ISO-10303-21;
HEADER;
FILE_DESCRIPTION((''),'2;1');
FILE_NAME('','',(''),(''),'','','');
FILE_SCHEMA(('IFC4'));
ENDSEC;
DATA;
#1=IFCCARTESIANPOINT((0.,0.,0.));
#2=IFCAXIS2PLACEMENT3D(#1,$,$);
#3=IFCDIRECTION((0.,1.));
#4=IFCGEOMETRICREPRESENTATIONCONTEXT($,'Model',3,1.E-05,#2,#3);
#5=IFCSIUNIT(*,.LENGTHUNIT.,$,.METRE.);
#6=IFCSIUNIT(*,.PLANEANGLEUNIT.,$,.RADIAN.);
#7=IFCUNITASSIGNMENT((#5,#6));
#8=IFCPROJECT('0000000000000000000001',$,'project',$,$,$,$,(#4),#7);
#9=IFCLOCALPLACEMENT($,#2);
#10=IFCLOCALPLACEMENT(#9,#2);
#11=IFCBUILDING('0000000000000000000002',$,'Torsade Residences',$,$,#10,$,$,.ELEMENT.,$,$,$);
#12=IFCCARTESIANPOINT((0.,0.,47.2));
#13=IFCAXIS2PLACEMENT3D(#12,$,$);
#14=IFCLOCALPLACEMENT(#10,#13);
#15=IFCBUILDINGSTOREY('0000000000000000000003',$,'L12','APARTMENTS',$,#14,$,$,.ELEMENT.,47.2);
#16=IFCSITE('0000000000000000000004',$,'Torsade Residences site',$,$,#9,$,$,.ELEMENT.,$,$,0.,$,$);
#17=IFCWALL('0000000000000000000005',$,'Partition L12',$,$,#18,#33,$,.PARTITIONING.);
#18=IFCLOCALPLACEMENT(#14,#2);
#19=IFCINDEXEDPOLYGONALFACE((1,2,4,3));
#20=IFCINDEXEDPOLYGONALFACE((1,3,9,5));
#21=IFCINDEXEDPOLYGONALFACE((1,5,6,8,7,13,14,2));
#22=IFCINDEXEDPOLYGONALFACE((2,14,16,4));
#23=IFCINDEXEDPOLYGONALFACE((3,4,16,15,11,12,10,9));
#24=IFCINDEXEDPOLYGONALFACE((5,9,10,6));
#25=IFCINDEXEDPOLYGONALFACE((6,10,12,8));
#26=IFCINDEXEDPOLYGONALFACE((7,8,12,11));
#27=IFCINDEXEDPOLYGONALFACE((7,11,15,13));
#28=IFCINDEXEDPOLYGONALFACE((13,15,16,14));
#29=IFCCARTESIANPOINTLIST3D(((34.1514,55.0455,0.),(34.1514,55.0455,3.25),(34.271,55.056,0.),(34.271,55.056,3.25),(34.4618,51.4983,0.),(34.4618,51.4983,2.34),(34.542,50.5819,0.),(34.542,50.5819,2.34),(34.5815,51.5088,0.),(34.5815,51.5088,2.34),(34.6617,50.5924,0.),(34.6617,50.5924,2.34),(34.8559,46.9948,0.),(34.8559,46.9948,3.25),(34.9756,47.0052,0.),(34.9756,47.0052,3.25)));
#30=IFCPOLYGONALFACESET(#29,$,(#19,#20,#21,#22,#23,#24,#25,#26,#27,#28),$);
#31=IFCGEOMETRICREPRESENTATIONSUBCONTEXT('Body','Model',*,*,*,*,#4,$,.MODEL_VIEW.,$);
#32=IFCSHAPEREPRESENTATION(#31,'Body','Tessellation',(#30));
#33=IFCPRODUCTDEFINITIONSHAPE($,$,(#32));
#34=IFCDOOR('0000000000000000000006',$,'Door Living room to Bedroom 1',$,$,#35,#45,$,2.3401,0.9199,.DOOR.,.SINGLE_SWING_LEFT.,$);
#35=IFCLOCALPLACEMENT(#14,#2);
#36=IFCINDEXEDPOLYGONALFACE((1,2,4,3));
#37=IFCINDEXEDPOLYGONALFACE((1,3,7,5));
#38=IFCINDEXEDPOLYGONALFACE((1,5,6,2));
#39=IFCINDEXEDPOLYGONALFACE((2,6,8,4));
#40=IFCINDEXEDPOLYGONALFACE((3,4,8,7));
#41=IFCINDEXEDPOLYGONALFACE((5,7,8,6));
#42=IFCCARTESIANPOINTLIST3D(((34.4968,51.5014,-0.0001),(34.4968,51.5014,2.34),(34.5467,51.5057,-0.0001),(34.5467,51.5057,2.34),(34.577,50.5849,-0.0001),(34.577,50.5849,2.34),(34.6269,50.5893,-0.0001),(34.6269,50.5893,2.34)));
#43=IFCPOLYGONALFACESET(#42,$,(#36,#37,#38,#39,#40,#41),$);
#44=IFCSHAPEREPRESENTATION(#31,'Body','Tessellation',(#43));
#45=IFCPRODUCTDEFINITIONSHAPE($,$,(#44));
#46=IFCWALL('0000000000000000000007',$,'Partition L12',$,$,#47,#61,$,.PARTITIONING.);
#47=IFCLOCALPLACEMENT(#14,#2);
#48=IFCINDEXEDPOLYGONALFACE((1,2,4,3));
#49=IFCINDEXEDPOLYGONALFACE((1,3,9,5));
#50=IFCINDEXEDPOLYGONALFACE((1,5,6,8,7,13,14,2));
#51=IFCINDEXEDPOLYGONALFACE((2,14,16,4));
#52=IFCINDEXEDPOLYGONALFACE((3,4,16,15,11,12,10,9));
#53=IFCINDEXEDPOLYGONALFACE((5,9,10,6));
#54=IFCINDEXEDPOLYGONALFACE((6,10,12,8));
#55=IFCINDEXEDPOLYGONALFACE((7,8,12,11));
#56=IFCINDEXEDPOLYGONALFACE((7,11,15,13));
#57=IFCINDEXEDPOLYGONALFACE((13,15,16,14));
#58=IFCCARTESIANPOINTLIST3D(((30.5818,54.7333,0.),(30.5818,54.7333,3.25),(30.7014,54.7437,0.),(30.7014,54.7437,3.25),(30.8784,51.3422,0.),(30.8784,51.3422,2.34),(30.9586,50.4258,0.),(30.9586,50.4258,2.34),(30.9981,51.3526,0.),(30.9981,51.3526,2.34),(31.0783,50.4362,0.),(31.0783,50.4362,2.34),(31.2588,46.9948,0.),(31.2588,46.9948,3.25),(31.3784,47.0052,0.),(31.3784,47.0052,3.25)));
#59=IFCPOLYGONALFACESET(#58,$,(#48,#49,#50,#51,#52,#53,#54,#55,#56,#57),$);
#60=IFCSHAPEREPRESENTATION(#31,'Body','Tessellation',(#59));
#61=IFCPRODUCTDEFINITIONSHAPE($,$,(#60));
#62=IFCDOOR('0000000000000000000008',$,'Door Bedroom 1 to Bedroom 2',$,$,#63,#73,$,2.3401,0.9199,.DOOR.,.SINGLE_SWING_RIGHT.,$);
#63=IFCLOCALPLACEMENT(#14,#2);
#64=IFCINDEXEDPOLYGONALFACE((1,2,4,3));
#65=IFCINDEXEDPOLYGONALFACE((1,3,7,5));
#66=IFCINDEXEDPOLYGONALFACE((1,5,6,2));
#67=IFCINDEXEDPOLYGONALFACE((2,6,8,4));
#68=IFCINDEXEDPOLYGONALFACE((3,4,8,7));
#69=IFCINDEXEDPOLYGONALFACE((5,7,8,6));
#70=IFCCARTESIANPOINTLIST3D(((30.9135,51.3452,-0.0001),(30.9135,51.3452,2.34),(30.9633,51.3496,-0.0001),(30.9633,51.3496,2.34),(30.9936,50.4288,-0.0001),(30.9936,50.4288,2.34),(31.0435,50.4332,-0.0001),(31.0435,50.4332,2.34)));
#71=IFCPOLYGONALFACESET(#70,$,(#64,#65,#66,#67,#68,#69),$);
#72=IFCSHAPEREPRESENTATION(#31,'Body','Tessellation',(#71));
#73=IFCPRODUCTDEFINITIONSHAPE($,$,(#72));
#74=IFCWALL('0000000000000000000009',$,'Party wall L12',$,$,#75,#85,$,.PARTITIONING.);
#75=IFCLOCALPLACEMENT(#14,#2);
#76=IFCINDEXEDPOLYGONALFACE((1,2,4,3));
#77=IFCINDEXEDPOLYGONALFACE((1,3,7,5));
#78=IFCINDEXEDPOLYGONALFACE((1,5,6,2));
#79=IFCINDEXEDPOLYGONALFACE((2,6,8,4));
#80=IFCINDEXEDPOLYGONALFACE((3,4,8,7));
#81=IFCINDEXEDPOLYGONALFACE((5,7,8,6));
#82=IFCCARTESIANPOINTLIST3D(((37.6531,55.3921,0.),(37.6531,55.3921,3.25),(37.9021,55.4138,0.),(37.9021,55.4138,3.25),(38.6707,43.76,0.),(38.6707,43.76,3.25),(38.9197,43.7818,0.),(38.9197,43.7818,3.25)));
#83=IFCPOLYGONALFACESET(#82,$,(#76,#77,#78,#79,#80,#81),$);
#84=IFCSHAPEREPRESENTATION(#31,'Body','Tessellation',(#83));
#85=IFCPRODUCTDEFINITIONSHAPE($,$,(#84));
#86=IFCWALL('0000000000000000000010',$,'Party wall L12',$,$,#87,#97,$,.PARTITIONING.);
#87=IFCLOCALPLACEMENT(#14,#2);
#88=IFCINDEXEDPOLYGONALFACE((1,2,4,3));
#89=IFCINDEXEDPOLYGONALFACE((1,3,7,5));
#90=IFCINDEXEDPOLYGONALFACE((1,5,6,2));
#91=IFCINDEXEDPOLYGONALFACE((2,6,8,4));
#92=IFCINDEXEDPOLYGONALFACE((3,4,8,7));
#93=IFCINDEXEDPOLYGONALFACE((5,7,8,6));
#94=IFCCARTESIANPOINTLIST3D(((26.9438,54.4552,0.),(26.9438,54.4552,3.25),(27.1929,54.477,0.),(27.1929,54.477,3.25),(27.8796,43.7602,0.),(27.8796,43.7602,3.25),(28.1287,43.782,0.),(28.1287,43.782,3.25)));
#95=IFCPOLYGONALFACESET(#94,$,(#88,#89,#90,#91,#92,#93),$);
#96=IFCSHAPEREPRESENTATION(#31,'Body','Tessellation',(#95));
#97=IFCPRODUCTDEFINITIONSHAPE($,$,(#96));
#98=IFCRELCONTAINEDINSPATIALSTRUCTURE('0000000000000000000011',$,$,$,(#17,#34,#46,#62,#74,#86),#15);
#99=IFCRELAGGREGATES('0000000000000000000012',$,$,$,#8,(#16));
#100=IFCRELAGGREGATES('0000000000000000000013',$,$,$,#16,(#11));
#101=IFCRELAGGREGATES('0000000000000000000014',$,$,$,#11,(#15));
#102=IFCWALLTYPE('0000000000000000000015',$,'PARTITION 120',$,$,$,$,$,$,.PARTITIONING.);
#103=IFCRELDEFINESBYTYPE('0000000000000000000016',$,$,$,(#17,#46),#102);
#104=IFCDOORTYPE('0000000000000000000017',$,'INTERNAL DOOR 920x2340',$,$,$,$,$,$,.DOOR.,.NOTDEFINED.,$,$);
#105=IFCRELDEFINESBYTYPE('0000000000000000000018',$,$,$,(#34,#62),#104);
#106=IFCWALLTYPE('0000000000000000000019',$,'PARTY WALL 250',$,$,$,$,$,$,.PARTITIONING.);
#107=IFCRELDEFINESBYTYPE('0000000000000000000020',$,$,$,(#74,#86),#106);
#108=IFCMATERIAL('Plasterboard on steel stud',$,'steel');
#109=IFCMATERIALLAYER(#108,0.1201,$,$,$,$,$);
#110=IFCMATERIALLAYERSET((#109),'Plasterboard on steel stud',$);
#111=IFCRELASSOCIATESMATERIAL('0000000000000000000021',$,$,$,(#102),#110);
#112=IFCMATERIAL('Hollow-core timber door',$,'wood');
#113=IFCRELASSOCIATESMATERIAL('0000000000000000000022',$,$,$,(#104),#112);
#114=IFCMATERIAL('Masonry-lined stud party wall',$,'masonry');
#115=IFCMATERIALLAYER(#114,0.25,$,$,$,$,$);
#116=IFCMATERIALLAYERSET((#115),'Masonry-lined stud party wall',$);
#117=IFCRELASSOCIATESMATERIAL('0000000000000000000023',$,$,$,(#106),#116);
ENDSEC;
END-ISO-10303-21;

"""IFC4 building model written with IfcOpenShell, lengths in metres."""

from ifc_helpers import new_model, si_unit, direction, frame, frame_2d, origin, place, context, subcontext, project, spatial, rectangle, extrude, material, layer, layer_set, type_object, element, fill, save


model = new_model("IFC4")

# Units and contexts
model_context = context("Model", 3, precision=1e-05, world=origin(), true_north=direction((0.0, 1.0)))
body_context = subcontext(model_context, "Body", "Model", "MODEL_VIEW")
ifc_project = project(units=[si_unit("LENGTHUNIT", "METRE"), si_unit("PLANEANGLEUNIT", "RADIAN")], contexts=[model_context])

# Site, building, storey
site_placement = place(None, origin())
site = spatial("IfcSite", under=ifc_project, at=site_placement, Name="Torsade Residences site", CompositionType="ELEMENT", RefElevation=0.0)
building_placement = place(site_placement, origin())
building = spatial("IfcBuilding", under=site, at=building_placement, Name="Torsade Residences", CompositionType="ELEMENT")
storey_placement = place(building_placement, frame((0.0, 0.0, 47.2)))
storey = spatial("IfcBuildingStorey", under=building, at=storey_placement, Name="L12", Description="APARTMENTS", CompositionType="ELEMENT", Elevation=47.2)

# Shared definitions
ifc_material_1 = material(Name="Plasterboard on steel stud", Category="steel")
ifc_layer_1 = layer(ifc_material_1, 0.1201)
ifc_layer_set_1 = layer_set([ifc_layer_1], Name="Plasterboard on steel stud")
wall_type_1 = type_object("IfcWallType", Name="PARTITION 120", PredefinedType="PARTITIONING", material=ifc_layer_set_1)
ifc_material_2 = material(Name="Hollow-core timber door", Category="wood")
door_type_1 = type_object("IfcDoorType", Name="INTERNAL DOOR 920x2340", OperationType="NOTDEFINED", PredefinedType="DOOR", material=ifc_material_2)

# Walls, openings, doors
wall_1_placement = place(storey_placement, frame((34.9158, 47.0, 0.0), z_axis=(0.0, 0.0, 1.0), x_axis=(-0.087185, 0.996192, 0.0)))
wall_1 = element("IfcWall", 1, at=wall_1_placement, inside=storey, type_object=wall_type_1, Name="Partition L12", PredefinedType="PARTITIONING", context=body_context, shape_type="SweptSolid", body=[
    extrude(rectangle(XDim=8.0815, YDim=0.1201, at=frame_2d((4.0408, 0.0))), origin(), (0.0, 0.0, 1.0), 3.25),
])
opening_1_placement = place(wall_1_placement, frame((3.6008, 0.0, 0.0)))
opening_1 = element("IfcOpeningElement", 2, at=opening_1_placement, cuts=wall_1, PredefinedType="OPENING", context=body_context, shape_type="SweptSolid", body=[
    extrude(rectangle(XDim=0.9199, YDim=2.3401, at=frame_2d((0.46, 1.1699))), frame((0.0, 0.0701, 0.0), z_axis=(0.0, -1.0, 0.0), x_axis=(1.0, 0.0, 0.0)), (0.0, 0.0, 1.0), 0.1401),
])
door_1_placement = place(opening_1_placement, origin())
door_1 = element("IfcDoor", 3, at=door_1_placement, inside=storey, type_object=door_type_1, Name="Door Living room to Bedroom 1", OperationType="SINGLE_SWING_LEFT", OverallHeight=2.3401, OverallWidth=0.9199, PredefinedType="DOOR", context=body_context, shape_type="SweptSolid", body=[
    extrude(rectangle(XDim=0.9199, YDim=2.3401, at=frame_2d((0.46, 1.1699))), frame((0.0, 0.0249, 0.0), z_axis=(0.0, -1.0, 0.0), x_axis=(1.0, 0.0, 0.0)), (0.0, 0.0, 1.0), 0.05),
])
fill(opening_1, door_1)
wall_2_placement = place(storey_placement, frame((31.3186, 47.0, 0.0), z_axis=(0.0, 0.0, 1.0), x_axis=(-0.087152, 0.996195, 0.0)))
wall_2 = element("IfcWall", 4, at=wall_2_placement, inside=storey, type_object=wall_type_1, Name="Partition L12", PredefinedType="PARTITIONING", context=body_context, shape_type="SweptSolid", body=[
    extrude(rectangle(XDim=7.7681, YDim=0.1201, at=frame_2d((3.884, 0.0))), origin(), (0.0, 0.0, 1.0), 3.25),
])
opening_2_placement = place(wall_2_placement, frame((3.4441, 0.0, 0.0)))
opening_2 = element("IfcOpeningElement", 5, at=opening_2_placement, cuts=wall_2, PredefinedType="OPENING", context=body_context, shape_type="SweptSolid", body=[
    extrude(rectangle(XDim=0.9199, YDim=2.3401, at=frame_2d((0.46, 1.1699))), frame((0.0, 0.0701, 0.0), z_axis=(0.0, -1.0, 0.0), x_axis=(1.0, 0.0, 0.0)), (0.0, 0.0, 1.0), 0.1401),
])
door_2_placement = place(opening_2_placement, origin())
door_2 = element("IfcDoor", 6, at=door_2_placement, inside=storey, type_object=door_type_1, Name="Door Bedroom 1 to Bedroom 2", OperationType="SINGLE_SWING_RIGHT", OverallHeight=2.3401, OverallWidth=0.9199, PredefinedType="DOOR", context=body_context, shape_type="SweptSolid", body=[
    extrude(rectangle(XDim=0.9199, YDim=2.3401, at=frame_2d((0.46, 1.1699))), frame((0.0, 0.0249, 0.0), z_axis=(0.0, -1.0, 0.0), x_axis=(1.0, 0.0, 0.0)), (0.0, 0.0, 1.0), 0.05),
])
fill(opening_2, door_2)

# Walls
ifc_material_3 = material(Name="Masonry-lined stud party wall", Category="masonry")
ifc_layer_2 = layer(ifc_material_3, 0.25)
ifc_layer_set_2 = layer_set([ifc_layer_2], Name="Masonry-lined stud party wall")
wall_type_2 = type_object("IfcWallType", Name="PARTY WALL 250", PredefinedType="PARTITIONING", material=ifc_layer_set_2)
wall_3_placement = place(storey_placement, frame((37.7776, 55.4031, 0.0), z_axis=(0.0, 0.0, 1.0), x_axis=(0.087147, -0.996195, 0.0)))
element("IfcWall", 7, at=wall_3_placement, inside=storey, type_object=wall_type_2, Name="Party wall L12", PredefinedType="PARTITIONING", context=body_context, shape_type="SweptSolid", body=[
    extrude(rectangle(XDim=11.6765, YDim=0.25, at=frame_2d((5.8384, 0.0))), origin(), (0.0, 0.0, 1.0), 3.25),
])
wall_4_placement = place(storey_placement, frame((27.0684, 54.4661, 0.0), z_axis=(0.0, 0.0, 1.0), x_axis=(0.087164, -0.996194, 0.0)))
element("IfcWall", 8, at=wall_4_placement, inside=storey, type_object=wall_type_2, Name="Party wall L12", PredefinedType="PARTITIONING", context=body_context, shape_type="SweptSolid", body=[
    extrude(rectangle(XDim=10.7358, YDim=0.25, at=frame_2d((5.3679, 0.0))), origin(), (0.0, 0.0, 1.0), 3.25),
])

save(model, "model.ifc")
